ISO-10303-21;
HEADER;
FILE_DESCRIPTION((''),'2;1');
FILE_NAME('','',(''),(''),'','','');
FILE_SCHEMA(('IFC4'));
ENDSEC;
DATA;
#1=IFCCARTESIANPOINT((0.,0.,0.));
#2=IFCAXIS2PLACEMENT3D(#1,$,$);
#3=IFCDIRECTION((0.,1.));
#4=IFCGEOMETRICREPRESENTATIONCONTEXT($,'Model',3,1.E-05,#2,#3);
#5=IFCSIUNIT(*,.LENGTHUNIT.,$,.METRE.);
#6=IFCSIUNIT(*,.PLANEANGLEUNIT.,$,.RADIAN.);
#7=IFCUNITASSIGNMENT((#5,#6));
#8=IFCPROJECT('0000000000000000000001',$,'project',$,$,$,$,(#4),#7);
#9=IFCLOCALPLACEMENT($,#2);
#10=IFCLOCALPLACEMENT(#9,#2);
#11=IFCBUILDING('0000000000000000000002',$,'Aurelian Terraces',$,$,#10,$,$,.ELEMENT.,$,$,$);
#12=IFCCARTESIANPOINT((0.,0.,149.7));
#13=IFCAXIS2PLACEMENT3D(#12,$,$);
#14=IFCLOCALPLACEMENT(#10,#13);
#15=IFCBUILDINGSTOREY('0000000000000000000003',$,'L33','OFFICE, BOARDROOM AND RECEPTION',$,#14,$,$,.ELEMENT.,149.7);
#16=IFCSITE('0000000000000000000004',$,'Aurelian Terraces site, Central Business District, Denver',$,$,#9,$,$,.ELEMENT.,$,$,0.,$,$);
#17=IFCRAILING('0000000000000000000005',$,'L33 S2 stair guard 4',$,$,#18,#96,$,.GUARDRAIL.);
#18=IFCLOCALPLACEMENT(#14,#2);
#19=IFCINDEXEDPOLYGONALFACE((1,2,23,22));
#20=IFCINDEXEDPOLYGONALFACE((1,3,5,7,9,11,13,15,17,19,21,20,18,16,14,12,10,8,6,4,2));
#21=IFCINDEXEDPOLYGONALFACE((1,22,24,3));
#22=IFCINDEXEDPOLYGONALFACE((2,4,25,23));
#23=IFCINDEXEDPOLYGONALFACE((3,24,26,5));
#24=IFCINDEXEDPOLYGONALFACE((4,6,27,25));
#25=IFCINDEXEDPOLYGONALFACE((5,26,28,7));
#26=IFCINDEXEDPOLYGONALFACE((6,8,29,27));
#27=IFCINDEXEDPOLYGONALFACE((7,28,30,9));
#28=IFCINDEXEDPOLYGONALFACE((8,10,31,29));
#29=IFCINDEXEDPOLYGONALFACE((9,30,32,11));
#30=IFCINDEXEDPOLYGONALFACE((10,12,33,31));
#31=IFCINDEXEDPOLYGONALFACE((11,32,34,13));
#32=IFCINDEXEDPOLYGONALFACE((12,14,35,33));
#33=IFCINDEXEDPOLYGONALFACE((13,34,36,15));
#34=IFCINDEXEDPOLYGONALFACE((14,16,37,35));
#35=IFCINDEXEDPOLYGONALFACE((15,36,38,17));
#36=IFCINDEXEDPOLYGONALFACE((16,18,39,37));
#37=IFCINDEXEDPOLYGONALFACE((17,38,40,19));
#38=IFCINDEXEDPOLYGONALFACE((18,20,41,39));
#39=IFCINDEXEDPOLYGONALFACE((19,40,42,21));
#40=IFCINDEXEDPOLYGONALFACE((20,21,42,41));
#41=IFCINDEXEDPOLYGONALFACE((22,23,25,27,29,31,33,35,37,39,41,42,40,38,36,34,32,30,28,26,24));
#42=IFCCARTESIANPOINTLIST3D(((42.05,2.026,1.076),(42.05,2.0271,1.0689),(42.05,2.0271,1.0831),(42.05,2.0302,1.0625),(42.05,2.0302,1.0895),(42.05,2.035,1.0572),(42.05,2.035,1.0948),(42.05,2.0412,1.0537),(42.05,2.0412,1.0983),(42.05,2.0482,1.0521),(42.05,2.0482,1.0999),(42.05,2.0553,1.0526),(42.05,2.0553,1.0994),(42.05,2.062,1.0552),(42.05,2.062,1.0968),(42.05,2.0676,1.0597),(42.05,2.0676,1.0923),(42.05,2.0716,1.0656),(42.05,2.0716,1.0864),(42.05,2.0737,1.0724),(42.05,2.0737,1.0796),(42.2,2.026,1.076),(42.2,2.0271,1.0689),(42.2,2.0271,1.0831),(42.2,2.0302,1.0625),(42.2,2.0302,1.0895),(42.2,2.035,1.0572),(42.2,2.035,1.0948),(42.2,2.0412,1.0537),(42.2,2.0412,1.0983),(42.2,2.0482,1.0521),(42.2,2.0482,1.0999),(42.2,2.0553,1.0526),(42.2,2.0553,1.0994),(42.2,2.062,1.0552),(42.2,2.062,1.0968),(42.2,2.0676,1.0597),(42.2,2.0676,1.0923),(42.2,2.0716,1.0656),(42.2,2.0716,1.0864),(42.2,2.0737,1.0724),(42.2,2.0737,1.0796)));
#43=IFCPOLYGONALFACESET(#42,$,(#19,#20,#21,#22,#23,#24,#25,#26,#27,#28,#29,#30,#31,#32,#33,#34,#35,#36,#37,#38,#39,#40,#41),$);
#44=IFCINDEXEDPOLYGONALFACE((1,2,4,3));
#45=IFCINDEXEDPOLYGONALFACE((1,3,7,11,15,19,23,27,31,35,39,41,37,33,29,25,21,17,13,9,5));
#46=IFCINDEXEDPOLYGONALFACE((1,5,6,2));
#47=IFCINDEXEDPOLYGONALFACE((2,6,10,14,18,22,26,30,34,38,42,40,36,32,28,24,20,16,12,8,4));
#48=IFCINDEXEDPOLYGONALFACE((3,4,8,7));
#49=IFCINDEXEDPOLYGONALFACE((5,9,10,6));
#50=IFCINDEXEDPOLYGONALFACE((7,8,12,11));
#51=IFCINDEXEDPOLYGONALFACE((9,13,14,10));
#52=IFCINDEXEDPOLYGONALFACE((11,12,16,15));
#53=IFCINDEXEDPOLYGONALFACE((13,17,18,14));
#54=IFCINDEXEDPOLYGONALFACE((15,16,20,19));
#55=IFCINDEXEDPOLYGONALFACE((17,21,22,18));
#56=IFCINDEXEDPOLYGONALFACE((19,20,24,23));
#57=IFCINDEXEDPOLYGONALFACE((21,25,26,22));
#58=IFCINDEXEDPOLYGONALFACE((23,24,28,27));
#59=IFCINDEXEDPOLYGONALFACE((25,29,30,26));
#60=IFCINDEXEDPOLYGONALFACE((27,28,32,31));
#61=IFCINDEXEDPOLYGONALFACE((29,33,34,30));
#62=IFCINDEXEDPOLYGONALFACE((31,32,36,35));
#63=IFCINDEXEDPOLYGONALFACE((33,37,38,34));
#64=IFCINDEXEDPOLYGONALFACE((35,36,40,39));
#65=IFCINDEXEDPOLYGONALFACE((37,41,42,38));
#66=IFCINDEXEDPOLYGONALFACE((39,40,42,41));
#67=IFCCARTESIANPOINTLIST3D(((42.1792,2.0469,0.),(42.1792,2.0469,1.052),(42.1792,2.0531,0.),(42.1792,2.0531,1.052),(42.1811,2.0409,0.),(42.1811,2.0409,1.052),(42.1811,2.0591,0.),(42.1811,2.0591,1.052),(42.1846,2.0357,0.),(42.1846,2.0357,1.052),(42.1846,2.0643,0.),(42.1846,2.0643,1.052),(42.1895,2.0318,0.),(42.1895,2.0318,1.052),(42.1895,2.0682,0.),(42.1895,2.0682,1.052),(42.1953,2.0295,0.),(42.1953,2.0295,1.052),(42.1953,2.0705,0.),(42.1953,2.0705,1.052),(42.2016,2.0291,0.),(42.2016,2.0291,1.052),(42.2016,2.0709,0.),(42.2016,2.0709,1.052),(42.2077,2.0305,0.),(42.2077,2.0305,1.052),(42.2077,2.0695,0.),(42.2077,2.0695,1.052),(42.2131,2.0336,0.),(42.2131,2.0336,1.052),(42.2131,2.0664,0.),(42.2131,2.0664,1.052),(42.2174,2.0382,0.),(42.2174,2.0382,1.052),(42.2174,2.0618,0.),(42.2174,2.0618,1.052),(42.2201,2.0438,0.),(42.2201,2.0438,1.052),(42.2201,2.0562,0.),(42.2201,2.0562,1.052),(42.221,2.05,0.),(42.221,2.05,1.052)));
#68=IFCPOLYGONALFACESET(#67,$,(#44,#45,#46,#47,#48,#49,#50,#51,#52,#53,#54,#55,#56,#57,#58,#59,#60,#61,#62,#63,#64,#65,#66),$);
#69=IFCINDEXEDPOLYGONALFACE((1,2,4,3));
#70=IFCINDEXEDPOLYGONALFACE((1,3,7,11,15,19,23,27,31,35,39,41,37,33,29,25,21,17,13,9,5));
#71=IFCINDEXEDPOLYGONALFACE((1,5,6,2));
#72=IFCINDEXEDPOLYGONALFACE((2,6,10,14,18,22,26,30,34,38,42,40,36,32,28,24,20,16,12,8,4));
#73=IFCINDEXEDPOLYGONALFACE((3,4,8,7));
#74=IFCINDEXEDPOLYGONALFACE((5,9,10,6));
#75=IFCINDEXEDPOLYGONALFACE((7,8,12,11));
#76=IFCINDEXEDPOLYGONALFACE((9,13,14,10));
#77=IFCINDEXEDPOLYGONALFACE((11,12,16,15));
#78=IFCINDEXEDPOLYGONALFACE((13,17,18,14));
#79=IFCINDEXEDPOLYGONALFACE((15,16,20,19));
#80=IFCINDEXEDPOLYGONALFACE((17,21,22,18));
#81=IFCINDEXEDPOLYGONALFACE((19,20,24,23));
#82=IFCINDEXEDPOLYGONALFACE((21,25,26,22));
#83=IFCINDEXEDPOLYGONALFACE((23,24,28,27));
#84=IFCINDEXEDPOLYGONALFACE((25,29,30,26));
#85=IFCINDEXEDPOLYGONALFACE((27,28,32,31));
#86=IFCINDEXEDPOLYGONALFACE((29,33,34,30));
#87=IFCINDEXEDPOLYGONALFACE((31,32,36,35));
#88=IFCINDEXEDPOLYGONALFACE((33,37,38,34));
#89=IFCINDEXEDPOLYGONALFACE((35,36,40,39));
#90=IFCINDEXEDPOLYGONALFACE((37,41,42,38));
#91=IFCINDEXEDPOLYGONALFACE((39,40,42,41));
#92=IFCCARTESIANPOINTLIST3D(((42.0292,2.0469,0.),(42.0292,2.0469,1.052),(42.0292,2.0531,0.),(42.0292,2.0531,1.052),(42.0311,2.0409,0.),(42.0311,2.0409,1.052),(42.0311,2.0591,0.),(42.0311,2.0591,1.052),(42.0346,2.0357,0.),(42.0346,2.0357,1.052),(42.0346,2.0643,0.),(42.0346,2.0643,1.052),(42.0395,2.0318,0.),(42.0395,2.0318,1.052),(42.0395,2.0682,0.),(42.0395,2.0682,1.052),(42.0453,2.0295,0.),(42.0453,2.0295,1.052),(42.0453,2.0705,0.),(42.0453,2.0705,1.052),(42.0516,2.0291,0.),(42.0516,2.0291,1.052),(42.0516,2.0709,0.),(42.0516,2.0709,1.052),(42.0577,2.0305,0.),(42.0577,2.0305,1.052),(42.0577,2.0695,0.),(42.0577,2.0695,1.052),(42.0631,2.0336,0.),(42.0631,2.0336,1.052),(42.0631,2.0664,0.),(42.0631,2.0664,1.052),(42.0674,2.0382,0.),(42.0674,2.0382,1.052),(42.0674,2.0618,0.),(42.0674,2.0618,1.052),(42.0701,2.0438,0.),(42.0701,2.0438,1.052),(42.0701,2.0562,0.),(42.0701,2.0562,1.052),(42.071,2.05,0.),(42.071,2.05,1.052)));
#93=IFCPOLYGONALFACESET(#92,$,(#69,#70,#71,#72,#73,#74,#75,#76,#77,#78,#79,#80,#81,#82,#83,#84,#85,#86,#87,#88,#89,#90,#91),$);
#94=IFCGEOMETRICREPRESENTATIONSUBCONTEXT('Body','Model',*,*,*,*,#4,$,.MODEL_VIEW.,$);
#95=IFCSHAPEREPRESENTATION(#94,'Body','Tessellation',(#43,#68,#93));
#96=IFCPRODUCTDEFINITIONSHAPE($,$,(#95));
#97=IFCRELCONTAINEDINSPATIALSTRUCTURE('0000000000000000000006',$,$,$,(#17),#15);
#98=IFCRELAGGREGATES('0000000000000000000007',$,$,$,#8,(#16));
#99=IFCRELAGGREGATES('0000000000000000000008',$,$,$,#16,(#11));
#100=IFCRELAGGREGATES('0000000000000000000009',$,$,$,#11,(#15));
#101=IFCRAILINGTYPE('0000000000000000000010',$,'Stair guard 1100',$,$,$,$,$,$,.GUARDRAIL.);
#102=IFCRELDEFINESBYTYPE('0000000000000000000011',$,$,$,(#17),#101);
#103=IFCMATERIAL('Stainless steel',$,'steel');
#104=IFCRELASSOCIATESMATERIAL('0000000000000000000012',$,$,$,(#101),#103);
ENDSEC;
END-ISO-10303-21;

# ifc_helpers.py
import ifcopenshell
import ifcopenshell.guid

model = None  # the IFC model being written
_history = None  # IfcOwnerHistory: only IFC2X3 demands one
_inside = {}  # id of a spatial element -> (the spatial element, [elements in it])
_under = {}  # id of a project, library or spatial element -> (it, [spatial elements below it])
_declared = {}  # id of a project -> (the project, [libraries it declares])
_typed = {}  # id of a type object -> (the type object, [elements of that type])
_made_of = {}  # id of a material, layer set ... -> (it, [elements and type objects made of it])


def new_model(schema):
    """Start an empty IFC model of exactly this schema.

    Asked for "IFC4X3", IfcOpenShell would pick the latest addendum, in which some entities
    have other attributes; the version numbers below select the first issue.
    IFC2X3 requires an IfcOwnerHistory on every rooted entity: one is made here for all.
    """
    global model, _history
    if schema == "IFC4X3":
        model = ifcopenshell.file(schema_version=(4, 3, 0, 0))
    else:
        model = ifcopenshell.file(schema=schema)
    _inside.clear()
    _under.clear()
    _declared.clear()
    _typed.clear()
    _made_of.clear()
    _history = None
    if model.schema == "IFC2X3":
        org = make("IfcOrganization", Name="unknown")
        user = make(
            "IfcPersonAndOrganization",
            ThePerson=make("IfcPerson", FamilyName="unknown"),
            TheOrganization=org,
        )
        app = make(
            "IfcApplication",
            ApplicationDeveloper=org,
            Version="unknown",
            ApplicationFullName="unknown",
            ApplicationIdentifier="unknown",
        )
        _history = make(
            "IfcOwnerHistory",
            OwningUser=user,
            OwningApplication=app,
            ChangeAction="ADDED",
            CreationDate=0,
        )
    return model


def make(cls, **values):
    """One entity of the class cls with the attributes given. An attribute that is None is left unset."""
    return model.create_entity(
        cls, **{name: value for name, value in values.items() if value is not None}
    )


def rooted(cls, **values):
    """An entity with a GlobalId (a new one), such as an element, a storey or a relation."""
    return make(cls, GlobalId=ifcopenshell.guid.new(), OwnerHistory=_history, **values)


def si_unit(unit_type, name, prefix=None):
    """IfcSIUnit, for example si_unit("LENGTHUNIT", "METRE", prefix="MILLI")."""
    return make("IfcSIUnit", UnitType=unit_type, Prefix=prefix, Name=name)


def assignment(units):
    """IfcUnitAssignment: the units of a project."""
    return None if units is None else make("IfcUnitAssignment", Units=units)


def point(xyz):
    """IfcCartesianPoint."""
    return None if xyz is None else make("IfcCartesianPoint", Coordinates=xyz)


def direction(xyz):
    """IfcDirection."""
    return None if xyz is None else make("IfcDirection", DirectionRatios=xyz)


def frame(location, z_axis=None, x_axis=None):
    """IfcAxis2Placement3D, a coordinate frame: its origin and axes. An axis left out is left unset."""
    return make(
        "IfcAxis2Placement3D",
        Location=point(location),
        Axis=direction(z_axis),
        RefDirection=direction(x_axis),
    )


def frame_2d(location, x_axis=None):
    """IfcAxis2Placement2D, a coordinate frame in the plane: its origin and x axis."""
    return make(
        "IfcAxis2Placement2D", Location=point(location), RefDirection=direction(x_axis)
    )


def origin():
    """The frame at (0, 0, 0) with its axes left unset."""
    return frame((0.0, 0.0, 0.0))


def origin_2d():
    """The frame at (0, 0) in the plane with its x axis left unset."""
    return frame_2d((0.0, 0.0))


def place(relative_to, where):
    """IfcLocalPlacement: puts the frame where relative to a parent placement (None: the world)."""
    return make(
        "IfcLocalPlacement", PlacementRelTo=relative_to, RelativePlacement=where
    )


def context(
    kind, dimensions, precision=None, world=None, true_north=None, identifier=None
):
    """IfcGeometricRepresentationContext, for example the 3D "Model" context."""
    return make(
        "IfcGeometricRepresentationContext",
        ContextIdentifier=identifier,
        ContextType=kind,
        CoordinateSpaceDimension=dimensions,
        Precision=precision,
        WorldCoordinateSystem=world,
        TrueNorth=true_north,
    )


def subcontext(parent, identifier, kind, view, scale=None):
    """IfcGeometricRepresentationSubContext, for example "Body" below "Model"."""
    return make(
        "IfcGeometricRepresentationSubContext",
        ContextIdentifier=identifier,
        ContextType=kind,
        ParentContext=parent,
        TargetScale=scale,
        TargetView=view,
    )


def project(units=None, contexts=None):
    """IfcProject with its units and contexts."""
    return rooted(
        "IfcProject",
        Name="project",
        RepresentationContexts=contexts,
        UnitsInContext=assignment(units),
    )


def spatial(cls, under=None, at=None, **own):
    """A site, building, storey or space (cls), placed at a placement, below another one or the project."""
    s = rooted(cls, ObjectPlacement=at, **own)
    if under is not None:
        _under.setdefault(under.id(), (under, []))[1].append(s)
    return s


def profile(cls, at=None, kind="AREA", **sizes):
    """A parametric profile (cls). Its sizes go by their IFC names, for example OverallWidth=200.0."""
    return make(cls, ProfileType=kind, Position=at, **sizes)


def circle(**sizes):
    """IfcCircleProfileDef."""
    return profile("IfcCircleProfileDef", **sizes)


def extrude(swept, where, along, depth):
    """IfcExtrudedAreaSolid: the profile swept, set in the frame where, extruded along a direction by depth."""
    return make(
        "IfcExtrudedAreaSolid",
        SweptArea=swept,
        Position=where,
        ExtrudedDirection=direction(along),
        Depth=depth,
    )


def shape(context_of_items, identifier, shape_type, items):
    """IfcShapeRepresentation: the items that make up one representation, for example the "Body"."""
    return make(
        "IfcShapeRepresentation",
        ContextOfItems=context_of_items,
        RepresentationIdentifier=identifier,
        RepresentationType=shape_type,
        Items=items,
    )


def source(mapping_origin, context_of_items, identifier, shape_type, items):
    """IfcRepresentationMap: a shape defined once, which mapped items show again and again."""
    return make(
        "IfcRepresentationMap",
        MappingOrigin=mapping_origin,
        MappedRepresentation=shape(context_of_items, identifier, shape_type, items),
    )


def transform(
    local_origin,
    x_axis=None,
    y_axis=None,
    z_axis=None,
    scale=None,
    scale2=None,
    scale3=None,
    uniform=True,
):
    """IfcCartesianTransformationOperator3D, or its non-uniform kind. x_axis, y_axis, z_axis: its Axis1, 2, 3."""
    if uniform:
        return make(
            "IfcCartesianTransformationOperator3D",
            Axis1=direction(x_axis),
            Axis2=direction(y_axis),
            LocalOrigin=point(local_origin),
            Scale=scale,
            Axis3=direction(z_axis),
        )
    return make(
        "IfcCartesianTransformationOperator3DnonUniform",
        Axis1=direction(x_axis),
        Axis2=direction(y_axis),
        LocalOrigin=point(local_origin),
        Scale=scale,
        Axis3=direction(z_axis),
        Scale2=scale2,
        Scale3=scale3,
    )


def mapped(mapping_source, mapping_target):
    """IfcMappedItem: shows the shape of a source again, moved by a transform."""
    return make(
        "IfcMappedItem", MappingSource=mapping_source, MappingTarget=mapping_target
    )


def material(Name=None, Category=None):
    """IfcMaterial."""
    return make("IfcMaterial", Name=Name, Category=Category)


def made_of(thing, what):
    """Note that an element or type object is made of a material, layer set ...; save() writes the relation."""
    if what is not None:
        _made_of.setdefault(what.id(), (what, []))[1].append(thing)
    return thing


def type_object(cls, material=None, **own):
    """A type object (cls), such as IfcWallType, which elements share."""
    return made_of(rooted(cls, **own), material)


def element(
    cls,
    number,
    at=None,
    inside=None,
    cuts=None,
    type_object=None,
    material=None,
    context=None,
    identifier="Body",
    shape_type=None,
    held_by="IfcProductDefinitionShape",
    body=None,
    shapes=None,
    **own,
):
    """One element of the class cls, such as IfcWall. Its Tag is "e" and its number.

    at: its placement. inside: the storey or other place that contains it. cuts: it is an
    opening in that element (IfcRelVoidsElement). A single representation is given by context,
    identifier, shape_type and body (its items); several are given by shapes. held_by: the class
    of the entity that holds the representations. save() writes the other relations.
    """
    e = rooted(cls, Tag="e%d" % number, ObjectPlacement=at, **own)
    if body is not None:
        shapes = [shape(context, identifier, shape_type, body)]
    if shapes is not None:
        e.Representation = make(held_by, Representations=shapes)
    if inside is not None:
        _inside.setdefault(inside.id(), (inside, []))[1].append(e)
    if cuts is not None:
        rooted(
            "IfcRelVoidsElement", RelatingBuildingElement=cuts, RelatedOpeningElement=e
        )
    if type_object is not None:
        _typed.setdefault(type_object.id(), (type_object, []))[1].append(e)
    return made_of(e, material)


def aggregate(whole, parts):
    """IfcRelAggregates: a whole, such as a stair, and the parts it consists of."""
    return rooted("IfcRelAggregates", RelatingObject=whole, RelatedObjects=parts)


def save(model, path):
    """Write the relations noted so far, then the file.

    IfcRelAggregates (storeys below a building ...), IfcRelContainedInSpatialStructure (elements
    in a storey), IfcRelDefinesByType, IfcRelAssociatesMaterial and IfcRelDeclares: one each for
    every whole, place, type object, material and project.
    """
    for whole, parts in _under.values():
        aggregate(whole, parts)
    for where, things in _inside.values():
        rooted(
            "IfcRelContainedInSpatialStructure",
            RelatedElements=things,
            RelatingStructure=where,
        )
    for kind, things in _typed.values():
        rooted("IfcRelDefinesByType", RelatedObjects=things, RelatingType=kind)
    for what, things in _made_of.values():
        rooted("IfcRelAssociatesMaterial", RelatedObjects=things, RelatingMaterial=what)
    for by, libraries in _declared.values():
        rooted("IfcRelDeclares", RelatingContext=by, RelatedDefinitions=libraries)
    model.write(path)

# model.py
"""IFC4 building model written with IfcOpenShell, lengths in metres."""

from ifc_helpers import new_model, si_unit, direction, frame, origin, origin_2d, place, context, subcontext, project, spatial, circle, extrude, source, transform, mapped, material, type_object, element, save


model = new_model("IFC4")

# Units and contexts
model_context = context("Model", 3, precision=1e-05, world=origin(), true_north=direction((0.0, 1.0)))
body_context = subcontext(model_context, "Body", "Model", "MODEL_VIEW")
ifc_project = project(units=[si_unit("LENGTHUNIT", "METRE"), si_unit("PLANEANGLEUNIT", "RADIAN")], contexts=[model_context])

# Site, building, storey
site_placement = place(None, origin())
site = spatial("IfcSite", under=ifc_project, at=site_placement, Name="Aurelian Terraces site, Central Business District, Denver", CompositionType="ELEMENT", RefElevation=0.0)
building_placement = place(site_placement, origin())
building = spatial("IfcBuilding", under=site, at=building_placement, Name="Aurelian Terraces", CompositionType="ELEMENT")
storey_placement = place(building_placement, frame((0.0, 0.0, 149.7)))
storey = spatial("IfcBuildingStorey", under=building, at=storey_placement, Name="L33", Description="OFFICE, BOARDROOM AND RECEPTION", CompositionType="ELEMENT", Elevation=149.7)

# Railing
ifc_material_1 = material(Name="Stainless steel", Category="steel")
railing_type_1 = type_object("IfcRailingType", Name="Stair guard 1100", PredefinedType="GUARDRAIL", material=ifc_material_1)
shared_shape_1 = source(origin(), body_context, "Body", "SweptSolid", [
    extrude(circle(Radius=0.024, at=origin_2d()), frame((0.0, 0.0, 1.076), z_axis=(-1.0, 0.0, 0.0), x_axis=(0.0, -1.0, 0.0)), (0.0, 0.0, 1.0), 0.15),
    extrude(circle(Radius=0.021, at=origin_2d()), origin(), (0.0, 0.0, 1.0), 1.052),
    extrude(circle(Radius=0.021, at=origin_2d()), frame((-0.15, 0.0, 0.0)), (0.0, 0.0, 1.0), 1.052),
])
railing_1_placement = place(storey_placement, frame((42.2, 2.05, 0.0)))
element("IfcRailing", 1, at=railing_1_placement, inside=storey, type_object=railing_type_1, Name="L33 S2 stair guard 4", PredefinedType="GUARDRAIL", context=body_context, shape_type="MappedRepresentation", body=[
    mapped(shared_shape_1, transform((0.0, 0.0, 0.0), scale=1.0)),
])

save(model, "model.ifc")
